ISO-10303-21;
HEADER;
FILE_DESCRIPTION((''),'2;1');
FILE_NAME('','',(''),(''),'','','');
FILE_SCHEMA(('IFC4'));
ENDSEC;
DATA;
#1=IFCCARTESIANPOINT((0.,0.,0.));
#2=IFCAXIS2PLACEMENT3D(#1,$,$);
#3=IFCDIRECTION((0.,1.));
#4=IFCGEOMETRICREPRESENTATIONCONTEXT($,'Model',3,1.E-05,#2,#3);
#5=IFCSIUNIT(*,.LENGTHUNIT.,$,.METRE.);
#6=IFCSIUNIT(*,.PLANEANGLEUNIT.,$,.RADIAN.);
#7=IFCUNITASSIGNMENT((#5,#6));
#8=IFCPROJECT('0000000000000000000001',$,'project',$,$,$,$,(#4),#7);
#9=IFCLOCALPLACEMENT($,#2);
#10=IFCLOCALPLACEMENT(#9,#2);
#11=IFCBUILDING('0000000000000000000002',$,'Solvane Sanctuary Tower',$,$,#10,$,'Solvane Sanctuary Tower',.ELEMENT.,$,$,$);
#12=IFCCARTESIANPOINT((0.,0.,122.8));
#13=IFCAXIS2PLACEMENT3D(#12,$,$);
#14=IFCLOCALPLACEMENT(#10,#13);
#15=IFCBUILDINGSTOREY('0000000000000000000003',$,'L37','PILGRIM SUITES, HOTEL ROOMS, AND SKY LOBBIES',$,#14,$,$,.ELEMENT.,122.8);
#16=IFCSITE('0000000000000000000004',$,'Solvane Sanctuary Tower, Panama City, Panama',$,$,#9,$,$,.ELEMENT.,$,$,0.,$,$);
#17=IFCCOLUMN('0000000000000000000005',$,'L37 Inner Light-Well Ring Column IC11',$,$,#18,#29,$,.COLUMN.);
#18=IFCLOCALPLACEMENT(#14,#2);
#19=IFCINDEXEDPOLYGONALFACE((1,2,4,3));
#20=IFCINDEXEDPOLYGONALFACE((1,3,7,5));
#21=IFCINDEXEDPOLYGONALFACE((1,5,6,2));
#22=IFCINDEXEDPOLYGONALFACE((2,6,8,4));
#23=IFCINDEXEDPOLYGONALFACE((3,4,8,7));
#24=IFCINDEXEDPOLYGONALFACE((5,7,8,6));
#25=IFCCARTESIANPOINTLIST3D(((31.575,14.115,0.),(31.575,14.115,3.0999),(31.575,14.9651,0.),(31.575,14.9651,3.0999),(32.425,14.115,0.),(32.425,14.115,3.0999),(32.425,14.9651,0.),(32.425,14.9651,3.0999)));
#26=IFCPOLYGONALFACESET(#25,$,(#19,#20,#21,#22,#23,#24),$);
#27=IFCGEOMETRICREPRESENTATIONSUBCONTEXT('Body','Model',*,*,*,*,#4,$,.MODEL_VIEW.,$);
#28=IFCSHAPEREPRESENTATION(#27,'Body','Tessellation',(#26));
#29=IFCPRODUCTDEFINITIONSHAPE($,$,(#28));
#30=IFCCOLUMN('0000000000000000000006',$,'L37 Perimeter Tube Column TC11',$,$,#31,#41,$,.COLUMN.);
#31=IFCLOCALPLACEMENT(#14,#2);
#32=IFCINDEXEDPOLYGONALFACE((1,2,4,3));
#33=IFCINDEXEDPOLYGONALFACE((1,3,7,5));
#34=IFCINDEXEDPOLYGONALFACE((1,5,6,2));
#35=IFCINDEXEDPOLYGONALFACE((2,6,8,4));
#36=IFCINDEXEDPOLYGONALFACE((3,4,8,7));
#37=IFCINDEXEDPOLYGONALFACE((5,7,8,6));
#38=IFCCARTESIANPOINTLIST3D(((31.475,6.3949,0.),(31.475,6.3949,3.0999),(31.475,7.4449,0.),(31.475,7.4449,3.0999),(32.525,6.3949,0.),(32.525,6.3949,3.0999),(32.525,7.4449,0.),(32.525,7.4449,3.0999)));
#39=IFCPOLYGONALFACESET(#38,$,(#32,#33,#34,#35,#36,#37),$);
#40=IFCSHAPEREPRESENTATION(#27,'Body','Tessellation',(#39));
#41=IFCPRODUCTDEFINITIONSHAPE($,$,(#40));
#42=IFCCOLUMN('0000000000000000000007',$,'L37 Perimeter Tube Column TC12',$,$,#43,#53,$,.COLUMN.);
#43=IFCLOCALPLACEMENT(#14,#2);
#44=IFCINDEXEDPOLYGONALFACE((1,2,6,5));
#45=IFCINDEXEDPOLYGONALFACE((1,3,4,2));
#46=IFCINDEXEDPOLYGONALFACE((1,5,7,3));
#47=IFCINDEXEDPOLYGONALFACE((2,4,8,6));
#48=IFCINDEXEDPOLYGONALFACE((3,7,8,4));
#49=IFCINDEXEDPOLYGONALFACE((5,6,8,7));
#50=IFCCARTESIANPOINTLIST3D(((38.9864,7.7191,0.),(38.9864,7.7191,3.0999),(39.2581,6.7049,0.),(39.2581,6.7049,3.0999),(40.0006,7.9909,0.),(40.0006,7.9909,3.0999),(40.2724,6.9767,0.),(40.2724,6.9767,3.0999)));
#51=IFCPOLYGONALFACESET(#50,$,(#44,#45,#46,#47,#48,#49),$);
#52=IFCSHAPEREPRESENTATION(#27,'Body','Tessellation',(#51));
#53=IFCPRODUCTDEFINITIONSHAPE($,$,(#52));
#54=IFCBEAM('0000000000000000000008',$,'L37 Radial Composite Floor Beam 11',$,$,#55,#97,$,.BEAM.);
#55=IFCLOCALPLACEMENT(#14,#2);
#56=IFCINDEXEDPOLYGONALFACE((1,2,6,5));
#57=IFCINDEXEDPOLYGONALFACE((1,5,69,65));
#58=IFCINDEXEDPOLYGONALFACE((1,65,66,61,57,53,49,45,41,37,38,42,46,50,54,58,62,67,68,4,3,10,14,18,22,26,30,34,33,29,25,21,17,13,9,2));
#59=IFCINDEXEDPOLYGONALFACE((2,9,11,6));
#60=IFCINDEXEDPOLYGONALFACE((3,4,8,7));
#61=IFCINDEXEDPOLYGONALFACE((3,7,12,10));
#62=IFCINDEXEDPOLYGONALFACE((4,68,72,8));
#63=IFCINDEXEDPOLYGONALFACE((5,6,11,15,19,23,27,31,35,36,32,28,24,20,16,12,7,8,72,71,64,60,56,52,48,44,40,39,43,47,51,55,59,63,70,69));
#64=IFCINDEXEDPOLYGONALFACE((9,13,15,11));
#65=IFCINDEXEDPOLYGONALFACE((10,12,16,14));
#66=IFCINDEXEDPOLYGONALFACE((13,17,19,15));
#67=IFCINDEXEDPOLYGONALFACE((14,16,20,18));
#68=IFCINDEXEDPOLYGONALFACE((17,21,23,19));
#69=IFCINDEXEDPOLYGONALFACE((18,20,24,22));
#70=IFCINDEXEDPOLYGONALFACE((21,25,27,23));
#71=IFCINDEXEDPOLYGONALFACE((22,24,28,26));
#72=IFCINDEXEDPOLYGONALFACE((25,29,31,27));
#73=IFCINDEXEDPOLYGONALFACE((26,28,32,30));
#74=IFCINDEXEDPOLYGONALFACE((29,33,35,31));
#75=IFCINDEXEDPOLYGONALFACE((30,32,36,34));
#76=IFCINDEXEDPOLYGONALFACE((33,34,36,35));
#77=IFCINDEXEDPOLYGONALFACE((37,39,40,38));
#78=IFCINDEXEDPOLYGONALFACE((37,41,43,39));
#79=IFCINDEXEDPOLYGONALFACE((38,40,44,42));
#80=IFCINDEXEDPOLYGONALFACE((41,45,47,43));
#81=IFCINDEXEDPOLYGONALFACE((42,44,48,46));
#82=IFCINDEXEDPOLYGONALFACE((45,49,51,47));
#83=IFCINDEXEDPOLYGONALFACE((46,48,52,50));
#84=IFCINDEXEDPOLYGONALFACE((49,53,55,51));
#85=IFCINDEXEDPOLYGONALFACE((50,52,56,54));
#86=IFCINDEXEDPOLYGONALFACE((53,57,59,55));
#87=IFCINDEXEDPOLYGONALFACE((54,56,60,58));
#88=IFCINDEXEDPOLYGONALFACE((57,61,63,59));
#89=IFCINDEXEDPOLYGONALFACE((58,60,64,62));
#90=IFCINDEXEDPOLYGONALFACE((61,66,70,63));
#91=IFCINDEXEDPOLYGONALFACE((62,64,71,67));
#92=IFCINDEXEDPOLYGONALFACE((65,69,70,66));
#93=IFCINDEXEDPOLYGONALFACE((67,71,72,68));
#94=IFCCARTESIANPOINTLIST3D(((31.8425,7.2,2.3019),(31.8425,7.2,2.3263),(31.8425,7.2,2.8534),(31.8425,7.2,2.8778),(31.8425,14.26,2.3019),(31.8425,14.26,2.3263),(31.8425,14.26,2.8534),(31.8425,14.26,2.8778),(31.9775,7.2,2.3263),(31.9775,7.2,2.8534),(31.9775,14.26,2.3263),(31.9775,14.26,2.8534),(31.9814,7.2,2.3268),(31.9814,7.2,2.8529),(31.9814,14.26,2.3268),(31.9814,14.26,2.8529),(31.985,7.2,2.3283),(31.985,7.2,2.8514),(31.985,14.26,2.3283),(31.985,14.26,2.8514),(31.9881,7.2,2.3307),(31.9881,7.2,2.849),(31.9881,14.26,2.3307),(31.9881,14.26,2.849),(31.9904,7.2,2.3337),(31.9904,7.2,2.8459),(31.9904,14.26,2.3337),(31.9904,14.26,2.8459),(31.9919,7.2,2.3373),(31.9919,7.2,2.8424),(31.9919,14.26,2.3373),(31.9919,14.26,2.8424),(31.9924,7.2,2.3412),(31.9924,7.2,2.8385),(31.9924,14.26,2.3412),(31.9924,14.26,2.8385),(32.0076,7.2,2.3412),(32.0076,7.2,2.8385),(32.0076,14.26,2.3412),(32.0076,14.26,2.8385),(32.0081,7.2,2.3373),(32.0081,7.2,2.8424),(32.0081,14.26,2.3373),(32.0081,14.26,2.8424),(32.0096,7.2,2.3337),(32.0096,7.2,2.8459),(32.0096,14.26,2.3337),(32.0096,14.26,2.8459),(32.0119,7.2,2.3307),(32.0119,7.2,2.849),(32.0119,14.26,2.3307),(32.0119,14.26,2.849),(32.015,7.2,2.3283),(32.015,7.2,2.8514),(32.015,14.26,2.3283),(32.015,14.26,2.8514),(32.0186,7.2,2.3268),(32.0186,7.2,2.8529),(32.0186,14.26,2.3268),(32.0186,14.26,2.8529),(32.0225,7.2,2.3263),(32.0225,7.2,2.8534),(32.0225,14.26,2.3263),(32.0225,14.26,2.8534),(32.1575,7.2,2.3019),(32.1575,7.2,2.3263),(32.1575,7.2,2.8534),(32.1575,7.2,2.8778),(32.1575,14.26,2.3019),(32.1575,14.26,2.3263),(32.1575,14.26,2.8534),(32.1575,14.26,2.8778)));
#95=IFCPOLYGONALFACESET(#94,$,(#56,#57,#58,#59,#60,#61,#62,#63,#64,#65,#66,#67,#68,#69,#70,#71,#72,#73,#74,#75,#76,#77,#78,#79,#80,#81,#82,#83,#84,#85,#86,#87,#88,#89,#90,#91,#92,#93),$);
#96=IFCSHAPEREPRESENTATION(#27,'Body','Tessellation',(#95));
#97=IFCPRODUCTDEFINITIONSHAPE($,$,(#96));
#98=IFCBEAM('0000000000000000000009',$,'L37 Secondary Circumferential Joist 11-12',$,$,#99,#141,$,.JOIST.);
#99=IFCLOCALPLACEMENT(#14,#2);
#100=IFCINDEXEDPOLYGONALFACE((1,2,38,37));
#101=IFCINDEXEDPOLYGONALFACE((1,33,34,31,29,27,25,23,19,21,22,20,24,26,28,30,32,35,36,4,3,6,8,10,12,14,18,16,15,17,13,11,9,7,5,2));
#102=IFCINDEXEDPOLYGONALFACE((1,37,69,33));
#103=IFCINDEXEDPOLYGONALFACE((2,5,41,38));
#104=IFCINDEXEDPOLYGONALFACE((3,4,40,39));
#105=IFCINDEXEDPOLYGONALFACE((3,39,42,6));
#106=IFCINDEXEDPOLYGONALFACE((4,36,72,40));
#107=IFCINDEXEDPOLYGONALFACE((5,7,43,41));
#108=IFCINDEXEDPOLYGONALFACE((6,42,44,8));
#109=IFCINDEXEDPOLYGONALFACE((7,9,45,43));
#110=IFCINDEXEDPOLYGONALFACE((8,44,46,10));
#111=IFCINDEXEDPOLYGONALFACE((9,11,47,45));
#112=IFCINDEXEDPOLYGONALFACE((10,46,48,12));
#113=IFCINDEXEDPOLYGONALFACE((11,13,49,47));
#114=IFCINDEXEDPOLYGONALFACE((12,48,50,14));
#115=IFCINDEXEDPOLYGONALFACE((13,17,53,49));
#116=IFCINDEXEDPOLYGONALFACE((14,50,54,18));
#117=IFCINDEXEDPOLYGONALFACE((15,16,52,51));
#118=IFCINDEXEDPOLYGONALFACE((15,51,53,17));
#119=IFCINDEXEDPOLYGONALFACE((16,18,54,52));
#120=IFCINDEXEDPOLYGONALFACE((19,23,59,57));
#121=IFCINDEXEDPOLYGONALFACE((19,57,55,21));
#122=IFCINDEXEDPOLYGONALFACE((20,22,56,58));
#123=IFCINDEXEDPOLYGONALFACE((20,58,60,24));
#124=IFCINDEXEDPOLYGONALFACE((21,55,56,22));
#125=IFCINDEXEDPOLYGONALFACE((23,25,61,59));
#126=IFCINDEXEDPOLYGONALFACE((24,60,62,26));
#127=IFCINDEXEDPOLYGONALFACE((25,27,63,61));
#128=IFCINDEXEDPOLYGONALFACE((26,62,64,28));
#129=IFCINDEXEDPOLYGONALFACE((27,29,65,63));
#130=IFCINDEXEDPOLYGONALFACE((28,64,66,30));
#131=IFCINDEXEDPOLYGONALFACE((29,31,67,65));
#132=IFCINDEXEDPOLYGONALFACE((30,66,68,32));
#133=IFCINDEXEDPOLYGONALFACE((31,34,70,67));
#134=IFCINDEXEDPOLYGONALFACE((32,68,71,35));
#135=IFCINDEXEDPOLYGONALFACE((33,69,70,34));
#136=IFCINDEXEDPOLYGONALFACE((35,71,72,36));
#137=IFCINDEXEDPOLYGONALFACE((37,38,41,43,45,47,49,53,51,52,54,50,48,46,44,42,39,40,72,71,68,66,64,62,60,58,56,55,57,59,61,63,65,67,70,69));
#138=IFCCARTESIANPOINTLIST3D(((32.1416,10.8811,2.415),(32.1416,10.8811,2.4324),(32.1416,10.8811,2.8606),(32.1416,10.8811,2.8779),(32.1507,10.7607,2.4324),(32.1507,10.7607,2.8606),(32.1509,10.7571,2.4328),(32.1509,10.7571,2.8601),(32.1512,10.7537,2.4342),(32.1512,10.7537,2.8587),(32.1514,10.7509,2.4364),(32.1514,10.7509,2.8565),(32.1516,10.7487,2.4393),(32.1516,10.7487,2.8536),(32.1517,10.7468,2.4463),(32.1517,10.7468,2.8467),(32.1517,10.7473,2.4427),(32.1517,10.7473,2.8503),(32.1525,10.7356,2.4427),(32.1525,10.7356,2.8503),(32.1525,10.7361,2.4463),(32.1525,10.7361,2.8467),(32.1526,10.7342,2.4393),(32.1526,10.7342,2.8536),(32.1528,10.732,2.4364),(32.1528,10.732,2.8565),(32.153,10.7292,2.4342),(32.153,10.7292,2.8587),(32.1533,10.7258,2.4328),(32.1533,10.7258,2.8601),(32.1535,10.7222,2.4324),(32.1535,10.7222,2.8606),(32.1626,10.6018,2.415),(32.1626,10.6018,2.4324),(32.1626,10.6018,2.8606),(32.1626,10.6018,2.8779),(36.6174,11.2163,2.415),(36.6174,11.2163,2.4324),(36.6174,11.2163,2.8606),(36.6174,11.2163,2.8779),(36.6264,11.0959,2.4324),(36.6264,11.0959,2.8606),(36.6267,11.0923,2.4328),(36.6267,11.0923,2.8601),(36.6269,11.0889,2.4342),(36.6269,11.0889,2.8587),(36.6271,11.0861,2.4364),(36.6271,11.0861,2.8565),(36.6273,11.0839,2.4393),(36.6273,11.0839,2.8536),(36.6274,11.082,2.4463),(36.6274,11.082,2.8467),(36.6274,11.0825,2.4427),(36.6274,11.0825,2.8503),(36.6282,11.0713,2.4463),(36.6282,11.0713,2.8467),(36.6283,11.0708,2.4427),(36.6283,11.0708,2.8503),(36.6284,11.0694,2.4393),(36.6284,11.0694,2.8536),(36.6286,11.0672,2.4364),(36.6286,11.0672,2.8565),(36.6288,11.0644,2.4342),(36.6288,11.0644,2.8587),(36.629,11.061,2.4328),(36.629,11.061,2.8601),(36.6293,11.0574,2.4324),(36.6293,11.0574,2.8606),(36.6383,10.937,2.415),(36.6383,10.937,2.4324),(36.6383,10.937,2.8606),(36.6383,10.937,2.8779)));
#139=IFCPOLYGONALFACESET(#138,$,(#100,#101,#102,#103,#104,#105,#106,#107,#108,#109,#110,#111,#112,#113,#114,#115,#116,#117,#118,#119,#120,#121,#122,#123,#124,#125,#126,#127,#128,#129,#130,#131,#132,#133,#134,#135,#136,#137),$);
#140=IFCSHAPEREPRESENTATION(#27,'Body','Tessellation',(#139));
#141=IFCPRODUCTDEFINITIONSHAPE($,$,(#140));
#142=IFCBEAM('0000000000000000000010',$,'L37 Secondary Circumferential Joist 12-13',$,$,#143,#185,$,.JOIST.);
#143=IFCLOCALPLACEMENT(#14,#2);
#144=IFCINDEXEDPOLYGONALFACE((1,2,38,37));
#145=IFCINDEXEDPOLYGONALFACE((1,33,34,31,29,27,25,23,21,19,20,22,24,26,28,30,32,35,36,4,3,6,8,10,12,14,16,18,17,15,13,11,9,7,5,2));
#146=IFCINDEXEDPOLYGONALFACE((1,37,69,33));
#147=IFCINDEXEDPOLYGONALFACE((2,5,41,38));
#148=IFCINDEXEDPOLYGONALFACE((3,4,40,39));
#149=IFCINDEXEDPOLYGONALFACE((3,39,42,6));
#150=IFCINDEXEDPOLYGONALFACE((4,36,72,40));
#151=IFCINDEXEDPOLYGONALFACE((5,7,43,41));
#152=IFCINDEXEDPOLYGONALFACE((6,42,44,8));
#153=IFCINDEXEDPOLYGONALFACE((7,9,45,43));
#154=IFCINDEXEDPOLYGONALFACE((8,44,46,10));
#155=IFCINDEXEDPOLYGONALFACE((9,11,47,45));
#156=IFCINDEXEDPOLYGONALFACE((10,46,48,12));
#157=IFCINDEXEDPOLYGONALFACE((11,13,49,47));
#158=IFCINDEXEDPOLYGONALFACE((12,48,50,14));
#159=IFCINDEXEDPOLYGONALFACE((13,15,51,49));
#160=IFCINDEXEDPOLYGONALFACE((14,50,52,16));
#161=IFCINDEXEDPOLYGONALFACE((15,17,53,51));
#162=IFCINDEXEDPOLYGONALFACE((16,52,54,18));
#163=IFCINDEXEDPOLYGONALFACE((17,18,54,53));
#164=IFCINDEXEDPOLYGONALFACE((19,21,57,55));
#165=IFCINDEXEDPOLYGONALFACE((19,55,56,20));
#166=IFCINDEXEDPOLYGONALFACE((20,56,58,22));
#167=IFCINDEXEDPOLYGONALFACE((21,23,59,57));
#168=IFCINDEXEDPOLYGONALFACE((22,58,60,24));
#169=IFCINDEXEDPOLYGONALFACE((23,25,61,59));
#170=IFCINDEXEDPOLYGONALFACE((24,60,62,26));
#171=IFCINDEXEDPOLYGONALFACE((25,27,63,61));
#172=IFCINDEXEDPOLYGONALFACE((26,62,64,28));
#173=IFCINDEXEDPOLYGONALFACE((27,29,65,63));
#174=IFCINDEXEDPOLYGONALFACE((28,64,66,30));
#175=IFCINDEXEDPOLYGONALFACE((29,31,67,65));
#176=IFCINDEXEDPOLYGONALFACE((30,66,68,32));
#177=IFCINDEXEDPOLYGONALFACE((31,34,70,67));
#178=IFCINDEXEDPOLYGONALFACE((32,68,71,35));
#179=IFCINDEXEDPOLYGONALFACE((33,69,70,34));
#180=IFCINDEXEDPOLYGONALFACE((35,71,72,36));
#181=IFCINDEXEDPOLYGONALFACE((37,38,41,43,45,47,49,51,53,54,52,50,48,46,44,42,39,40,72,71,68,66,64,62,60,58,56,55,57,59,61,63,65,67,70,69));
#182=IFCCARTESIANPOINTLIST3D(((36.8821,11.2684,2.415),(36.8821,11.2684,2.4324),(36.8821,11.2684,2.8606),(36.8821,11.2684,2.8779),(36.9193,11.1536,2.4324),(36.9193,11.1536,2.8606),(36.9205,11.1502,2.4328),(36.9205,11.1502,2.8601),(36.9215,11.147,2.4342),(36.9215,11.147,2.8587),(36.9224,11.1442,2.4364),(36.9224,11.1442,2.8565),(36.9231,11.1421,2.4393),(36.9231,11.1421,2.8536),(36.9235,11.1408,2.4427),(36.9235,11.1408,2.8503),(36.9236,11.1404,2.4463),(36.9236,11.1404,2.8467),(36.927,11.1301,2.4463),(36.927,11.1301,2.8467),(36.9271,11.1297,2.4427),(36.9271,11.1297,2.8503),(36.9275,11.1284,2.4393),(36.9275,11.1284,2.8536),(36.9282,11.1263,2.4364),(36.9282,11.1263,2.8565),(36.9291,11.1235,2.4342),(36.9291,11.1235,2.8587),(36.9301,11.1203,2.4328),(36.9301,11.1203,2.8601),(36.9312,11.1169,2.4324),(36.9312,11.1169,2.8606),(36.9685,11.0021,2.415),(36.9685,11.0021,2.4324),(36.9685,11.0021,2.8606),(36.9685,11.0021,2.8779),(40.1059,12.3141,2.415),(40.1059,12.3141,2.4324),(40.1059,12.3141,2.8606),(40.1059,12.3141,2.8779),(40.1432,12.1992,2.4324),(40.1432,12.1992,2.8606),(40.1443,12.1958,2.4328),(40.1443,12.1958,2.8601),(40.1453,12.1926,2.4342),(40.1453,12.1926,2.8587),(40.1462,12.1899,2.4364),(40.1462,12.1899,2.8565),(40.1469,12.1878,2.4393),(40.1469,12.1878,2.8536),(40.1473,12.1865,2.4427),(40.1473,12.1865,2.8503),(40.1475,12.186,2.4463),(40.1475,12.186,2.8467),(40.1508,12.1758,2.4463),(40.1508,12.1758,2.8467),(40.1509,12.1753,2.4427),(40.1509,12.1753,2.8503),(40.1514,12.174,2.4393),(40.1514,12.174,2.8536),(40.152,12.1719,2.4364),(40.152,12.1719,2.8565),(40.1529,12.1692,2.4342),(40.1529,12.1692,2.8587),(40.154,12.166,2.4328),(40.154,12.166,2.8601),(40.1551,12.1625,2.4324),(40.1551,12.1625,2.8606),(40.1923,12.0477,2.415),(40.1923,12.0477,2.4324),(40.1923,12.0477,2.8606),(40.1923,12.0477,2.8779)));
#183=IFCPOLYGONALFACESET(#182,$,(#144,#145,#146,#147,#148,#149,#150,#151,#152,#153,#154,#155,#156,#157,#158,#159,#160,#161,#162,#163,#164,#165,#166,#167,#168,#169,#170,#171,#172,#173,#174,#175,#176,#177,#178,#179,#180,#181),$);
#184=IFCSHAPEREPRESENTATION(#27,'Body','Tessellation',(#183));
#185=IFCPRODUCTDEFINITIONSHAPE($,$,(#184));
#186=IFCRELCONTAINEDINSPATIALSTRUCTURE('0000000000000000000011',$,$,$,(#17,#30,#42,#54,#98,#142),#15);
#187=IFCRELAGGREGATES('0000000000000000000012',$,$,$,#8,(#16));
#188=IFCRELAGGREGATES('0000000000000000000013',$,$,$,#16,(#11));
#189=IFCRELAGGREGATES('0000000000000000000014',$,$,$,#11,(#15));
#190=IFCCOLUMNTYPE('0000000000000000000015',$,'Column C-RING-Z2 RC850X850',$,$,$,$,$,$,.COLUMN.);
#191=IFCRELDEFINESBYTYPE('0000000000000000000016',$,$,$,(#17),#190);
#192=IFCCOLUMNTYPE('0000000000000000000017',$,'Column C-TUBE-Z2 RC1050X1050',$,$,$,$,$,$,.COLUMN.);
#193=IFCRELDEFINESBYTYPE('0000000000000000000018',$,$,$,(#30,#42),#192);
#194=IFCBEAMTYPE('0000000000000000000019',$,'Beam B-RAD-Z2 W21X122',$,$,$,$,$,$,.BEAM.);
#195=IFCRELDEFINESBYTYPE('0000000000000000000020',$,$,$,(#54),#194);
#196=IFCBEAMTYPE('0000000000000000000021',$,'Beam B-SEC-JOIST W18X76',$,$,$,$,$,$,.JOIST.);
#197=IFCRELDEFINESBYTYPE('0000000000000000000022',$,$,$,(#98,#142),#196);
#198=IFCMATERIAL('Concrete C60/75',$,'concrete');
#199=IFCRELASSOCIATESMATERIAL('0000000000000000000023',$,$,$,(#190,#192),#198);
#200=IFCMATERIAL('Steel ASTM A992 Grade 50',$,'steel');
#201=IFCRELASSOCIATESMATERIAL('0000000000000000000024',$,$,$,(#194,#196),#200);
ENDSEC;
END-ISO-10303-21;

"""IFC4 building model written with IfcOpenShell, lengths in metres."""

from ifc_helpers import new_model, si_unit, direction, frame, origin, origin_2d, place, context, subcontext, project, spatial, rectangle, i_section, extrude, material, material_profile, profile_set, type_object, element, save


model = new_model("IFC4")

# Units and contexts
model_context = context("Model", 3, precision=1e-05, world=origin(), true_north=direction((0.0, 1.0)))
body_context = subcontext(model_context, "Body", "Model", "MODEL_VIEW")
ifc_project = project(units=[si_unit("LENGTHUNIT", "METRE"), si_unit("PLANEANGLEUNIT", "RADIAN")], contexts=[model_context])

# Site, building, storey
site_placement = place(None, origin())
site = spatial("IfcSite", under=ifc_project, at=site_placement, Name="Solvane Sanctuary Tower, Panama City, Panama", CompositionType="ELEMENT", RefElevation=0.0)
building_placement = place(site_placement, origin())
building = spatial("IfcBuilding", under=site, at=building_placement, Name="Solvane Sanctuary Tower", LongName="Solvane Sanctuary Tower", CompositionType="ELEMENT")
storey_placement = place(building_placement, frame((0.0, 0.0, 122.8)))
storey = spatial("IfcBuildingStorey", under=building, at=storey_placement, Name="L37", Description="PILGRIM SUITES, HOTEL ROOMS, AND SKY LOBBIES", CompositionType="ELEMENT", Elevation=122.8)

# Columns
ifc_material_1 = material(Name="Concrete C60/75", Category="concrete")
ifc_material_profile_1 = material_profile(ifc_material_1, rectangle(XDim=0.8501, YDim=0.8501, at=origin_2d()), Name="RC850X850")
ifc_profile_set_1 = profile_set([ifc_material_profile_1], Name="Concrete C60/75")
column_type_1 = type_object("IfcColumnType", Name="Column C-RING-Z2 RC850X850", PredefinedType="COLUMN", material=ifc_profile_set_1)
column_placement = place(storey_placement, frame((32.0, 14.54, 0.0), z_axis=(0.0, 0.0, 1.0), x_axis=(1.0, 0.0, 0.0)))
element("IfcColumn", 1, at=column_placement, inside=storey, type_object=column_type_1, Name="L37 Inner Light-Well Ring Column IC11", PredefinedType="COLUMN", context=body_context, shape_type="SweptSolid", body=[
    extrude(rectangle(XDim=0.8501, YDim=0.8501, at=origin_2d()), origin(), (0.0, 0.0, 1.0), 3.0999),
])
ifc_material_profile_2 = material_profile(ifc_material_1, rectangle(XDim=1.05, YDim=1.05, at=origin_2d()), Name="RC1050X1050")
ifc_profile_set_2 = profile_set([ifc_material_profile_2], Name="Concrete C60/75")
column_type_2 = type_object("IfcColumnType", Name="Column C-TUBE-Z2 RC1050X1050", PredefinedType="COLUMN", material=ifc_profile_set_2)
for number, where, z_axis, x_axis, name in (
    (2, (32.0, 6.9199, 0.0), (0.0, 0.0, 1.0), (0.0, -1.0, 0.0), "L37 Perimeter Tube Column TC11"),
    (3, (39.6294, 7.3479, 0.0), (0.0, 0.0, 1.0), (0.258819, -0.965926, 0.0), "L37 Perimeter Tube Column TC12"),
):
    element("IfcColumn", number, at=place(storey_placement, frame(where, z_axis=z_axis, x_axis=x_axis)), inside=storey, type_object=column_type_2, Name=name, PredefinedType="COLUMN", context=body_context, shape_type="SweptSolid", body=[
        extrude(rectangle(XDim=1.05, YDim=1.05, at=origin_2d()), origin(), (0.0, 0.0, 1.0), 3.0999),
    ])

# Beams
ifc_material_2 = material(Name="Steel ASTM A992 Grade 50", Category="steel")
ifc_material_profile_3 = material_profile(ifc_material_2, i_section(OverallWidth=0.3149, OverallDepth=0.5759, WebThickness=0.0151, FlangeThickness=0.0244, FilletRadius=0.0149, at=origin_2d()), Name="W21X122")
ifc_profile_set_3 = profile_set([ifc_material_profile_3], Name="Steel ASTM A992 Grade 50")
beam_type_1 = type_object("IfcBeamType", Name="Beam B-RAD-Z2 W21X122", PredefinedType="BEAM", material=ifc_profile_set_3)
beam_1_placement = place(storey_placement, frame((32.0, 14.26, 2.5898), z_axis=(0.0, -1.0, 0.0), x_axis=(1.0, 0.0, 0.0)))
element("IfcBeam", 4, at=beam_1_placement, inside=storey, type_object=beam_type_1, Name="L37 Radial Composite Floor Beam 11", PredefinedType="BEAM", context=body_context, shape_type="SweptSolid", body=[
    extrude(i_section(OverallWidth=0.3149, OverallDepth=0.5759, WebThickness=0.0151, FlangeThickness=0.0244, FilletRadius=0.0149, at=origin_2d()), origin(), (0.0, 0.0, 1.0), 7.0601),
])
ifc_material_profile_4 = material_profile(ifc_material_2, i_section(OverallWidth=0.28, OverallDepth=0.4629, WebThickness=0.0107, FlangeThickness=0.0173, FilletRadius=0.0139, at=origin_2d()), Name="W18X76")
ifc_profile_set_4 = profile_set([ifc_material_profile_4], Name="Steel ASTM A992 Grade 50")
beam_type_2 = type_object("IfcBeamType", Name="Beam B-SEC-JOIST W18X76", PredefinedType="JOIST", material=ifc_profile_set_4)
beam_2_placement = place(storey_placement, frame((32.1521, 10.7415, 2.6465), z_axis=(0.997207, 0.074683, 0.0), x_axis=(-0.074683, 0.997207, 0.0)))
element("IfcBeam", 5, at=beam_2_placement, inside=storey, type_object=beam_type_2, Name="L37 Secondary Circumferential Joist 11-12", PredefinedType="JOIST", context=body_context, shape_type="SweptSolid", body=[
    extrude(i_section(OverallWidth=0.28, OverallDepth=0.4629, WebThickness=0.0107, FlangeThickness=0.0173, FilletRadius=0.0139, at=origin_2d()), origin(), (0.0, 0.0, 1.0), 4.4883),
])
beam_3_placement = place(storey_placement, frame((36.9253, 11.1353, 2.6465), z_axis=(0.951217, 0.308524, 0.0), x_axis=(-0.308524, 0.951217, 0.0)))
element("IfcBeam", 6, at=beam_3_placement, inside=storey, type_object=beam_type_2, Name="L37 Secondary Circumferential Joist 12-13", PredefinedType="JOIST", context=body_context, shape_type="SweptSolid", body=[
    extrude(i_section(OverallWidth=0.28, OverallDepth=0.4629, WebThickness=0.0107, FlangeThickness=0.0173, FilletRadius=0.0139, at=origin_2d()), origin(), (0.0, 0.0, 1.0), 3.3892),
])

save(model, "model.ifc")
